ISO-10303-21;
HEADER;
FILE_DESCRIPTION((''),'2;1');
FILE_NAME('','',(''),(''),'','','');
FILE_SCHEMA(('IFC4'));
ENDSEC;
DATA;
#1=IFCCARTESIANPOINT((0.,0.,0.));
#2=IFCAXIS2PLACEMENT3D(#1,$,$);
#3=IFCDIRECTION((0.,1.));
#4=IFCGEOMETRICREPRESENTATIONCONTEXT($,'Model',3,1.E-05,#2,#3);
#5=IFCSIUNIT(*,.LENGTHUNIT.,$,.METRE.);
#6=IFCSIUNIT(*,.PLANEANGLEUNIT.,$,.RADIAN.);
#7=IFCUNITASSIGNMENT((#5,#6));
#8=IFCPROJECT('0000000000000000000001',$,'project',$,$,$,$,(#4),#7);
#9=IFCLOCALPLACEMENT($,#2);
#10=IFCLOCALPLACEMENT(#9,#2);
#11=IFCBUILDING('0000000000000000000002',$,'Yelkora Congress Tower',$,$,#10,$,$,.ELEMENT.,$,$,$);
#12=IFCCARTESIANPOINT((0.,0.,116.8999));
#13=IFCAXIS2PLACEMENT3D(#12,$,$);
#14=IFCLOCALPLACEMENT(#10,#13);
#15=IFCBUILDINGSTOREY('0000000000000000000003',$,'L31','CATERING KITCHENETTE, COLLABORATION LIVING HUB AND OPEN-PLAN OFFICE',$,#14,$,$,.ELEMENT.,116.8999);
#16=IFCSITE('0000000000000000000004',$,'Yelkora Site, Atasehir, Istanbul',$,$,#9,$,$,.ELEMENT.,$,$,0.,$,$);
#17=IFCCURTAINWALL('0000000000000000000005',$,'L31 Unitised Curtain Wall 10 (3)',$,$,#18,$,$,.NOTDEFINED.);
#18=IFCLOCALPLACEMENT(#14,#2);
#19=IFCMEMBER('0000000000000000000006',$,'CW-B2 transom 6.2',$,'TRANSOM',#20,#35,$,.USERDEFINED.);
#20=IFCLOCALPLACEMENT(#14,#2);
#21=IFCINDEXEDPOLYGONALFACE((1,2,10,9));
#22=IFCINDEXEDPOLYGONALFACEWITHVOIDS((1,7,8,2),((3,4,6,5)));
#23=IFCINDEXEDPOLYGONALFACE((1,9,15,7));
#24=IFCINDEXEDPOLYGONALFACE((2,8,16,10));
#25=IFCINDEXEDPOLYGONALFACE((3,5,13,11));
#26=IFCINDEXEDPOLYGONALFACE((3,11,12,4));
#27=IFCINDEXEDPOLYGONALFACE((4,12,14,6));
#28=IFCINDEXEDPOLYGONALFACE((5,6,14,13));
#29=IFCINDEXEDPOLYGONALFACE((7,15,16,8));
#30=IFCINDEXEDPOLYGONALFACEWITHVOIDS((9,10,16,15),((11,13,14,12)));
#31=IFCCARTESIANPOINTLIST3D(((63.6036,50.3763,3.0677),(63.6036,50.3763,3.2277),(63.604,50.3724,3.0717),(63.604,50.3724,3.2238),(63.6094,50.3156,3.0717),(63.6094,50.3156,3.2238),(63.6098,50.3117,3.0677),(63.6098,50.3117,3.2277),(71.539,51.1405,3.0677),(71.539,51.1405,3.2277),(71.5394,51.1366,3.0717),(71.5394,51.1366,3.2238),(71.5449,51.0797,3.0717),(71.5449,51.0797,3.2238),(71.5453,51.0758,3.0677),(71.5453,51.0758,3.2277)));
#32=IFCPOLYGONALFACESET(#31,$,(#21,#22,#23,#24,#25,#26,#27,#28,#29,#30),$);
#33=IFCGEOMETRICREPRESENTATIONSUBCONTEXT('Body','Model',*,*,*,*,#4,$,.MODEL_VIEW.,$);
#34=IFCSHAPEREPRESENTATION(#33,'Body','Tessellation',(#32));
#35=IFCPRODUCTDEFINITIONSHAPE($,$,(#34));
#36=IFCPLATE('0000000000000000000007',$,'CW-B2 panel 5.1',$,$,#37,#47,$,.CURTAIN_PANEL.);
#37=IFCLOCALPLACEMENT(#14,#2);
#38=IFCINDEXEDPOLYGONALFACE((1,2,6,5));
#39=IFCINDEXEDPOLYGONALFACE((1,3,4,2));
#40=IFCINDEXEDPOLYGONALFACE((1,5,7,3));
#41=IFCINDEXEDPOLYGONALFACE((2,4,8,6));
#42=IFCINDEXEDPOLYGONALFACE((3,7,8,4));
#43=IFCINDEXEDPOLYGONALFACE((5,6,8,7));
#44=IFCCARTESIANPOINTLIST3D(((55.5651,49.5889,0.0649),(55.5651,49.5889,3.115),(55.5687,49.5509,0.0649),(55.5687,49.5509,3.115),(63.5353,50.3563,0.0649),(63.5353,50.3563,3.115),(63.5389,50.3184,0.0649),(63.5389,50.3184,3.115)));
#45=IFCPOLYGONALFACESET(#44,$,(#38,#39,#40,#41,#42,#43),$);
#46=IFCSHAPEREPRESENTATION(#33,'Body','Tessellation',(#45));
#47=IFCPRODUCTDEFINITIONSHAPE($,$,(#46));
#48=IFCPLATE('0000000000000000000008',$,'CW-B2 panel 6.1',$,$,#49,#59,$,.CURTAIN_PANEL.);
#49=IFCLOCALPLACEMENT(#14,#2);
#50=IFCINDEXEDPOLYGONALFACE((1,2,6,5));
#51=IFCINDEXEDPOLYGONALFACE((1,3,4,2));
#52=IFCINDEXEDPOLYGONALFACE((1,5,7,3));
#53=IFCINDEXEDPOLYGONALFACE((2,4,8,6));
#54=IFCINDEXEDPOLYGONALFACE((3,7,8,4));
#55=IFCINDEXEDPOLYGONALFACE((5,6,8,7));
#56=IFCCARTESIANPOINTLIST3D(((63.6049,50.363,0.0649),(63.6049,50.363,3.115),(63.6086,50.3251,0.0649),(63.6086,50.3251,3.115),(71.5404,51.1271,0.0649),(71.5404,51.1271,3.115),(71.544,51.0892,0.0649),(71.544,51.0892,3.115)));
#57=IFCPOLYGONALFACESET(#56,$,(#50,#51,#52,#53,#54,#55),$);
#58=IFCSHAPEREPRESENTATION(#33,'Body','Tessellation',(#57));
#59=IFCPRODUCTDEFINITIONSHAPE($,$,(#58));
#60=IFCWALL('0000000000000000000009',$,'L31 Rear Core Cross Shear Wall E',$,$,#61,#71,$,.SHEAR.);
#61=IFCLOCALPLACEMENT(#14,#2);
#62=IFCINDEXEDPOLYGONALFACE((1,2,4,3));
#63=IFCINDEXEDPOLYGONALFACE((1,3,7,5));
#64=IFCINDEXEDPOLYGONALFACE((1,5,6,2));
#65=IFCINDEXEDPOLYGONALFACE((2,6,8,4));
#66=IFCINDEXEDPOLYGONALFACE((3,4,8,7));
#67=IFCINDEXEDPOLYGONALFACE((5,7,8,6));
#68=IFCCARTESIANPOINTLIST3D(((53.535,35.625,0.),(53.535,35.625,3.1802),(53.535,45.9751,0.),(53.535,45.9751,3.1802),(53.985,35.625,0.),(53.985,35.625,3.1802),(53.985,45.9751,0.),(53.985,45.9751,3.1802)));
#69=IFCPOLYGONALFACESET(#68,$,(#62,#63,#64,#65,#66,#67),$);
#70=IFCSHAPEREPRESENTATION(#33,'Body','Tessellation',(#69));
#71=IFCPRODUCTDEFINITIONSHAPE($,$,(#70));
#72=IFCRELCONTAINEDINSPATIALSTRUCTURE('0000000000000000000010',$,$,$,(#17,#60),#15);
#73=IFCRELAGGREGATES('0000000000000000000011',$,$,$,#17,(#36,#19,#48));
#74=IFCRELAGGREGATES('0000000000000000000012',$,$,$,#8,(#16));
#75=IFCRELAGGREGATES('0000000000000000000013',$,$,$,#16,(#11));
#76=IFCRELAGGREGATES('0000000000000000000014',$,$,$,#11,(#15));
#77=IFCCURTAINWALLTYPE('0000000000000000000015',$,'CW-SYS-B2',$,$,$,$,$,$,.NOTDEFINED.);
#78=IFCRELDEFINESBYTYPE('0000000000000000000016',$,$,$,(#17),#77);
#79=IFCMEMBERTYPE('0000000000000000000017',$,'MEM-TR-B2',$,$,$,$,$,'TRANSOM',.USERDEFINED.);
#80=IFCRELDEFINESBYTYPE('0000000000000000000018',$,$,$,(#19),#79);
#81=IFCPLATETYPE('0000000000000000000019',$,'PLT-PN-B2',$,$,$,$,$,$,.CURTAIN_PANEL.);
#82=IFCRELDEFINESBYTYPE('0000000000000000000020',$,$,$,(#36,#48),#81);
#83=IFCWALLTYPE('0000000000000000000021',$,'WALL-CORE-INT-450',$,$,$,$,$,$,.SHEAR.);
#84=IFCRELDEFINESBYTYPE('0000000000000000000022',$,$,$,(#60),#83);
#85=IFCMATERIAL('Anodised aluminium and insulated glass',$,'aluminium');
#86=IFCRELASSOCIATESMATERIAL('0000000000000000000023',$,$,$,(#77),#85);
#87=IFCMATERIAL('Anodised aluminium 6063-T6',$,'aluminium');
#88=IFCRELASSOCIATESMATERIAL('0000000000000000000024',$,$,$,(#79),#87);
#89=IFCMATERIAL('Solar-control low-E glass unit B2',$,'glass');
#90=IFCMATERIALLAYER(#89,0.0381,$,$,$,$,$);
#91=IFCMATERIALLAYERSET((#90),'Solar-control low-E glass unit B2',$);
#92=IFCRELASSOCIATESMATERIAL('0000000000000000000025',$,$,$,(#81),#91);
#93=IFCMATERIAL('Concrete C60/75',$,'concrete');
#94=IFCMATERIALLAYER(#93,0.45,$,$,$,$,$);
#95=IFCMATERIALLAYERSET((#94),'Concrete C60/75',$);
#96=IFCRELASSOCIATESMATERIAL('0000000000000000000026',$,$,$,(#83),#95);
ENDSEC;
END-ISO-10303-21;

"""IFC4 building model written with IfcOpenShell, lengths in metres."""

from ifc_helpers import new_model, si_unit, direction, frame, frame_2d, origin, origin_2d, place, context, subcontext, project, spatial, rectangle, hollow_rectangle, extrude, material, layer, layer_set, material_profile, profile_set, type_object, element, aggregate, save


model = new_model("IFC4")

# Units and contexts
model_context = context("Model", 3, precision=1e-05, world=origin(), true_north=direction((0.0, 1.0)))
body_context = subcontext(model_context, "Body", "Model", "MODEL_VIEW")
ifc_project = project(units=[si_unit("LENGTHUNIT", "METRE"), si_unit("PLANEANGLEUNIT", "RADIAN")], contexts=[model_context])

# Site, building, storey
site_placement = place(None, origin())
site = spatial("IfcSite", under=ifc_project, at=site_placement, Name="Yelkora Site, Atasehir, Istanbul", CompositionType="ELEMENT", RefElevation=0.0)
building_placement = place(site_placement, origin())
building = spatial("IfcBuilding", under=site, at=building_placement, Name="Yelkora Congress Tower", CompositionType="ELEMENT")
storey_placement = place(building_placement, frame((0.0, 0.0, 116.8999)))
storey = spatial("IfcBuildingStorey", under=building, at=storey_placement, Name="L31", Description="CATERING KITCHENETTE, COLLABORATION LIVING HUB AND OPEN-PLAN OFFICE", CompositionType="ELEMENT", Elevation=116.8999)

# Curtain wall, member, plates
ifc_material_1 = material(Name="Anodised aluminium and insulated glass", Category="aluminium")
curtain_wall_type = type_object("IfcCurtainWallType", Name="CW-SYS-B2", PredefinedType="NOTDEFINED", material=ifc_material_1)
curtain_wall_placement = place(storey_placement, origin())
curtain_wall = element("IfcCurtainWall", 1, at=curtain_wall_placement, inside=storey, type_object=curtain_wall_type, Name="L31 Unitised Curtain Wall 10 (3)", PredefinedType="NOTDEFINED")
ifc_material_2 = material(Name="Anodised aluminium 6063-T6", Category="aluminium")
ifc_material_profile_1 = material_profile(ifc_material_2, hollow_rectangle(XDim=0.0649, YDim=0.1599, WallThickness=0.0039, at=origin_2d()), Name="ALU 65x160x4")
ifc_profile_set_1 = profile_set([ifc_material_profile_1], Name="Anodised aluminium 6063-T6")
member_type_1 = type_object("IfcMemberType", Name="MEM-TR-B2", ElementType="TRANSOM", PredefinedType="USERDEFINED", material=ifc_profile_set_1)
member_1_placement = place(storey_placement, frame((63.6067, 50.344, 3.1477), z_axis=(0.995396, 0.095852, 0.0), x_axis=(-0.095852, 0.995396, 0.0)))
member_1 = element("IfcMember", 2, at=member_1_placement, type_object=member_type_1, Name="CW-B2 transom 6.2", ObjectType="TRANSOM", PredefinedType="USERDEFINED", context=body_context, shape_type="SweptSolid", body=[
    extrude(hollow_rectangle(XDim=0.0649, YDim=0.1599, WallThickness=0.0039, at=origin_2d()), origin(), (0.0, 0.0, 1.0), 7.9722),
])
ifc_material_3 = material(Name="Solar-control low-E glass unit B2", Category="glass")
ifc_layer_1 = layer(ifc_material_3, 0.0381)
ifc_layer_set_1 = layer_set([ifc_layer_1], Name="Solar-control low-E glass unit B2")
plate_type = type_object("IfcPlateType", Name="PLT-PN-B2", PredefinedType="CURTAIN_PANEL", material=ifc_layer_set_1)
plate_1_placement = place(storey_placement, frame((59.552, 49.9536, 0.0649), z_axis=(0.0, 0.0, 1.0), x_axis=(0.995396, 0.095844, 0.0)))
plate_1 = element("IfcPlate", 3, at=plate_1_placement, type_object=plate_type, Name="CW-B2 panel 5.1", PredefinedType="CURTAIN_PANEL", context=body_context, shape_type="SweptSolid", body=[
    extrude(rectangle(XDim=8.0071, YDim=0.0381, at=origin_2d()), origin(), (0.0, 0.0, 1.0), 3.05),
])
plate_2_placement = place(storey_placement, frame((67.5745, 50.7261, 0.0649), z_axis=(0.0, 0.0, 1.0), x_axis=(0.995396, 0.095844, 0.0)))
plate_2 = element("IfcPlate", 4, at=plate_2_placement, type_object=plate_type, Name="CW-B2 panel 6.1", PredefinedType="CURTAIN_PANEL", context=body_context, shape_type="SweptSolid", body=[
    extrude(rectangle(XDim=7.9722, YDim=0.0381, at=origin_2d()), origin(), (0.0, 0.0, 1.0), 3.05),
])
aggregate(curtain_wall, [plate_1, member_1, plate_2])

# Wall
ifc_material_4 = material(Name="Concrete C60/75", Category="concrete")
ifc_layer_2 = layer(ifc_material_4, 0.45)
ifc_layer_set_2 = layer_set([ifc_layer_2], Name="Concrete C60/75")
wall_type = type_object("IfcWallType", Name="WALL-CORE-INT-450", PredefinedType="SHEAR", material=ifc_layer_set_2)
wall_placement = place(storey_placement, frame((53.76, 35.625, 0.0), z_axis=(0.0, 0.0, 1.0), x_axis=(0.0, 1.0, 0.0)))
element("IfcWall", 5, at=wall_placement, inside=storey, type_object=wall_type, Name="L31 Rear Core Cross Shear Wall E", PredefinedType="SHEAR", context=body_context, shape_type="SweptSolid", body=[
    extrude(rectangle(XDim=10.3501, YDim=0.45, at=frame_2d((5.175, 0.0))), origin(), (0.0, 0.0, 1.0), 3.1802),
])

save(model, "model.ifc")
